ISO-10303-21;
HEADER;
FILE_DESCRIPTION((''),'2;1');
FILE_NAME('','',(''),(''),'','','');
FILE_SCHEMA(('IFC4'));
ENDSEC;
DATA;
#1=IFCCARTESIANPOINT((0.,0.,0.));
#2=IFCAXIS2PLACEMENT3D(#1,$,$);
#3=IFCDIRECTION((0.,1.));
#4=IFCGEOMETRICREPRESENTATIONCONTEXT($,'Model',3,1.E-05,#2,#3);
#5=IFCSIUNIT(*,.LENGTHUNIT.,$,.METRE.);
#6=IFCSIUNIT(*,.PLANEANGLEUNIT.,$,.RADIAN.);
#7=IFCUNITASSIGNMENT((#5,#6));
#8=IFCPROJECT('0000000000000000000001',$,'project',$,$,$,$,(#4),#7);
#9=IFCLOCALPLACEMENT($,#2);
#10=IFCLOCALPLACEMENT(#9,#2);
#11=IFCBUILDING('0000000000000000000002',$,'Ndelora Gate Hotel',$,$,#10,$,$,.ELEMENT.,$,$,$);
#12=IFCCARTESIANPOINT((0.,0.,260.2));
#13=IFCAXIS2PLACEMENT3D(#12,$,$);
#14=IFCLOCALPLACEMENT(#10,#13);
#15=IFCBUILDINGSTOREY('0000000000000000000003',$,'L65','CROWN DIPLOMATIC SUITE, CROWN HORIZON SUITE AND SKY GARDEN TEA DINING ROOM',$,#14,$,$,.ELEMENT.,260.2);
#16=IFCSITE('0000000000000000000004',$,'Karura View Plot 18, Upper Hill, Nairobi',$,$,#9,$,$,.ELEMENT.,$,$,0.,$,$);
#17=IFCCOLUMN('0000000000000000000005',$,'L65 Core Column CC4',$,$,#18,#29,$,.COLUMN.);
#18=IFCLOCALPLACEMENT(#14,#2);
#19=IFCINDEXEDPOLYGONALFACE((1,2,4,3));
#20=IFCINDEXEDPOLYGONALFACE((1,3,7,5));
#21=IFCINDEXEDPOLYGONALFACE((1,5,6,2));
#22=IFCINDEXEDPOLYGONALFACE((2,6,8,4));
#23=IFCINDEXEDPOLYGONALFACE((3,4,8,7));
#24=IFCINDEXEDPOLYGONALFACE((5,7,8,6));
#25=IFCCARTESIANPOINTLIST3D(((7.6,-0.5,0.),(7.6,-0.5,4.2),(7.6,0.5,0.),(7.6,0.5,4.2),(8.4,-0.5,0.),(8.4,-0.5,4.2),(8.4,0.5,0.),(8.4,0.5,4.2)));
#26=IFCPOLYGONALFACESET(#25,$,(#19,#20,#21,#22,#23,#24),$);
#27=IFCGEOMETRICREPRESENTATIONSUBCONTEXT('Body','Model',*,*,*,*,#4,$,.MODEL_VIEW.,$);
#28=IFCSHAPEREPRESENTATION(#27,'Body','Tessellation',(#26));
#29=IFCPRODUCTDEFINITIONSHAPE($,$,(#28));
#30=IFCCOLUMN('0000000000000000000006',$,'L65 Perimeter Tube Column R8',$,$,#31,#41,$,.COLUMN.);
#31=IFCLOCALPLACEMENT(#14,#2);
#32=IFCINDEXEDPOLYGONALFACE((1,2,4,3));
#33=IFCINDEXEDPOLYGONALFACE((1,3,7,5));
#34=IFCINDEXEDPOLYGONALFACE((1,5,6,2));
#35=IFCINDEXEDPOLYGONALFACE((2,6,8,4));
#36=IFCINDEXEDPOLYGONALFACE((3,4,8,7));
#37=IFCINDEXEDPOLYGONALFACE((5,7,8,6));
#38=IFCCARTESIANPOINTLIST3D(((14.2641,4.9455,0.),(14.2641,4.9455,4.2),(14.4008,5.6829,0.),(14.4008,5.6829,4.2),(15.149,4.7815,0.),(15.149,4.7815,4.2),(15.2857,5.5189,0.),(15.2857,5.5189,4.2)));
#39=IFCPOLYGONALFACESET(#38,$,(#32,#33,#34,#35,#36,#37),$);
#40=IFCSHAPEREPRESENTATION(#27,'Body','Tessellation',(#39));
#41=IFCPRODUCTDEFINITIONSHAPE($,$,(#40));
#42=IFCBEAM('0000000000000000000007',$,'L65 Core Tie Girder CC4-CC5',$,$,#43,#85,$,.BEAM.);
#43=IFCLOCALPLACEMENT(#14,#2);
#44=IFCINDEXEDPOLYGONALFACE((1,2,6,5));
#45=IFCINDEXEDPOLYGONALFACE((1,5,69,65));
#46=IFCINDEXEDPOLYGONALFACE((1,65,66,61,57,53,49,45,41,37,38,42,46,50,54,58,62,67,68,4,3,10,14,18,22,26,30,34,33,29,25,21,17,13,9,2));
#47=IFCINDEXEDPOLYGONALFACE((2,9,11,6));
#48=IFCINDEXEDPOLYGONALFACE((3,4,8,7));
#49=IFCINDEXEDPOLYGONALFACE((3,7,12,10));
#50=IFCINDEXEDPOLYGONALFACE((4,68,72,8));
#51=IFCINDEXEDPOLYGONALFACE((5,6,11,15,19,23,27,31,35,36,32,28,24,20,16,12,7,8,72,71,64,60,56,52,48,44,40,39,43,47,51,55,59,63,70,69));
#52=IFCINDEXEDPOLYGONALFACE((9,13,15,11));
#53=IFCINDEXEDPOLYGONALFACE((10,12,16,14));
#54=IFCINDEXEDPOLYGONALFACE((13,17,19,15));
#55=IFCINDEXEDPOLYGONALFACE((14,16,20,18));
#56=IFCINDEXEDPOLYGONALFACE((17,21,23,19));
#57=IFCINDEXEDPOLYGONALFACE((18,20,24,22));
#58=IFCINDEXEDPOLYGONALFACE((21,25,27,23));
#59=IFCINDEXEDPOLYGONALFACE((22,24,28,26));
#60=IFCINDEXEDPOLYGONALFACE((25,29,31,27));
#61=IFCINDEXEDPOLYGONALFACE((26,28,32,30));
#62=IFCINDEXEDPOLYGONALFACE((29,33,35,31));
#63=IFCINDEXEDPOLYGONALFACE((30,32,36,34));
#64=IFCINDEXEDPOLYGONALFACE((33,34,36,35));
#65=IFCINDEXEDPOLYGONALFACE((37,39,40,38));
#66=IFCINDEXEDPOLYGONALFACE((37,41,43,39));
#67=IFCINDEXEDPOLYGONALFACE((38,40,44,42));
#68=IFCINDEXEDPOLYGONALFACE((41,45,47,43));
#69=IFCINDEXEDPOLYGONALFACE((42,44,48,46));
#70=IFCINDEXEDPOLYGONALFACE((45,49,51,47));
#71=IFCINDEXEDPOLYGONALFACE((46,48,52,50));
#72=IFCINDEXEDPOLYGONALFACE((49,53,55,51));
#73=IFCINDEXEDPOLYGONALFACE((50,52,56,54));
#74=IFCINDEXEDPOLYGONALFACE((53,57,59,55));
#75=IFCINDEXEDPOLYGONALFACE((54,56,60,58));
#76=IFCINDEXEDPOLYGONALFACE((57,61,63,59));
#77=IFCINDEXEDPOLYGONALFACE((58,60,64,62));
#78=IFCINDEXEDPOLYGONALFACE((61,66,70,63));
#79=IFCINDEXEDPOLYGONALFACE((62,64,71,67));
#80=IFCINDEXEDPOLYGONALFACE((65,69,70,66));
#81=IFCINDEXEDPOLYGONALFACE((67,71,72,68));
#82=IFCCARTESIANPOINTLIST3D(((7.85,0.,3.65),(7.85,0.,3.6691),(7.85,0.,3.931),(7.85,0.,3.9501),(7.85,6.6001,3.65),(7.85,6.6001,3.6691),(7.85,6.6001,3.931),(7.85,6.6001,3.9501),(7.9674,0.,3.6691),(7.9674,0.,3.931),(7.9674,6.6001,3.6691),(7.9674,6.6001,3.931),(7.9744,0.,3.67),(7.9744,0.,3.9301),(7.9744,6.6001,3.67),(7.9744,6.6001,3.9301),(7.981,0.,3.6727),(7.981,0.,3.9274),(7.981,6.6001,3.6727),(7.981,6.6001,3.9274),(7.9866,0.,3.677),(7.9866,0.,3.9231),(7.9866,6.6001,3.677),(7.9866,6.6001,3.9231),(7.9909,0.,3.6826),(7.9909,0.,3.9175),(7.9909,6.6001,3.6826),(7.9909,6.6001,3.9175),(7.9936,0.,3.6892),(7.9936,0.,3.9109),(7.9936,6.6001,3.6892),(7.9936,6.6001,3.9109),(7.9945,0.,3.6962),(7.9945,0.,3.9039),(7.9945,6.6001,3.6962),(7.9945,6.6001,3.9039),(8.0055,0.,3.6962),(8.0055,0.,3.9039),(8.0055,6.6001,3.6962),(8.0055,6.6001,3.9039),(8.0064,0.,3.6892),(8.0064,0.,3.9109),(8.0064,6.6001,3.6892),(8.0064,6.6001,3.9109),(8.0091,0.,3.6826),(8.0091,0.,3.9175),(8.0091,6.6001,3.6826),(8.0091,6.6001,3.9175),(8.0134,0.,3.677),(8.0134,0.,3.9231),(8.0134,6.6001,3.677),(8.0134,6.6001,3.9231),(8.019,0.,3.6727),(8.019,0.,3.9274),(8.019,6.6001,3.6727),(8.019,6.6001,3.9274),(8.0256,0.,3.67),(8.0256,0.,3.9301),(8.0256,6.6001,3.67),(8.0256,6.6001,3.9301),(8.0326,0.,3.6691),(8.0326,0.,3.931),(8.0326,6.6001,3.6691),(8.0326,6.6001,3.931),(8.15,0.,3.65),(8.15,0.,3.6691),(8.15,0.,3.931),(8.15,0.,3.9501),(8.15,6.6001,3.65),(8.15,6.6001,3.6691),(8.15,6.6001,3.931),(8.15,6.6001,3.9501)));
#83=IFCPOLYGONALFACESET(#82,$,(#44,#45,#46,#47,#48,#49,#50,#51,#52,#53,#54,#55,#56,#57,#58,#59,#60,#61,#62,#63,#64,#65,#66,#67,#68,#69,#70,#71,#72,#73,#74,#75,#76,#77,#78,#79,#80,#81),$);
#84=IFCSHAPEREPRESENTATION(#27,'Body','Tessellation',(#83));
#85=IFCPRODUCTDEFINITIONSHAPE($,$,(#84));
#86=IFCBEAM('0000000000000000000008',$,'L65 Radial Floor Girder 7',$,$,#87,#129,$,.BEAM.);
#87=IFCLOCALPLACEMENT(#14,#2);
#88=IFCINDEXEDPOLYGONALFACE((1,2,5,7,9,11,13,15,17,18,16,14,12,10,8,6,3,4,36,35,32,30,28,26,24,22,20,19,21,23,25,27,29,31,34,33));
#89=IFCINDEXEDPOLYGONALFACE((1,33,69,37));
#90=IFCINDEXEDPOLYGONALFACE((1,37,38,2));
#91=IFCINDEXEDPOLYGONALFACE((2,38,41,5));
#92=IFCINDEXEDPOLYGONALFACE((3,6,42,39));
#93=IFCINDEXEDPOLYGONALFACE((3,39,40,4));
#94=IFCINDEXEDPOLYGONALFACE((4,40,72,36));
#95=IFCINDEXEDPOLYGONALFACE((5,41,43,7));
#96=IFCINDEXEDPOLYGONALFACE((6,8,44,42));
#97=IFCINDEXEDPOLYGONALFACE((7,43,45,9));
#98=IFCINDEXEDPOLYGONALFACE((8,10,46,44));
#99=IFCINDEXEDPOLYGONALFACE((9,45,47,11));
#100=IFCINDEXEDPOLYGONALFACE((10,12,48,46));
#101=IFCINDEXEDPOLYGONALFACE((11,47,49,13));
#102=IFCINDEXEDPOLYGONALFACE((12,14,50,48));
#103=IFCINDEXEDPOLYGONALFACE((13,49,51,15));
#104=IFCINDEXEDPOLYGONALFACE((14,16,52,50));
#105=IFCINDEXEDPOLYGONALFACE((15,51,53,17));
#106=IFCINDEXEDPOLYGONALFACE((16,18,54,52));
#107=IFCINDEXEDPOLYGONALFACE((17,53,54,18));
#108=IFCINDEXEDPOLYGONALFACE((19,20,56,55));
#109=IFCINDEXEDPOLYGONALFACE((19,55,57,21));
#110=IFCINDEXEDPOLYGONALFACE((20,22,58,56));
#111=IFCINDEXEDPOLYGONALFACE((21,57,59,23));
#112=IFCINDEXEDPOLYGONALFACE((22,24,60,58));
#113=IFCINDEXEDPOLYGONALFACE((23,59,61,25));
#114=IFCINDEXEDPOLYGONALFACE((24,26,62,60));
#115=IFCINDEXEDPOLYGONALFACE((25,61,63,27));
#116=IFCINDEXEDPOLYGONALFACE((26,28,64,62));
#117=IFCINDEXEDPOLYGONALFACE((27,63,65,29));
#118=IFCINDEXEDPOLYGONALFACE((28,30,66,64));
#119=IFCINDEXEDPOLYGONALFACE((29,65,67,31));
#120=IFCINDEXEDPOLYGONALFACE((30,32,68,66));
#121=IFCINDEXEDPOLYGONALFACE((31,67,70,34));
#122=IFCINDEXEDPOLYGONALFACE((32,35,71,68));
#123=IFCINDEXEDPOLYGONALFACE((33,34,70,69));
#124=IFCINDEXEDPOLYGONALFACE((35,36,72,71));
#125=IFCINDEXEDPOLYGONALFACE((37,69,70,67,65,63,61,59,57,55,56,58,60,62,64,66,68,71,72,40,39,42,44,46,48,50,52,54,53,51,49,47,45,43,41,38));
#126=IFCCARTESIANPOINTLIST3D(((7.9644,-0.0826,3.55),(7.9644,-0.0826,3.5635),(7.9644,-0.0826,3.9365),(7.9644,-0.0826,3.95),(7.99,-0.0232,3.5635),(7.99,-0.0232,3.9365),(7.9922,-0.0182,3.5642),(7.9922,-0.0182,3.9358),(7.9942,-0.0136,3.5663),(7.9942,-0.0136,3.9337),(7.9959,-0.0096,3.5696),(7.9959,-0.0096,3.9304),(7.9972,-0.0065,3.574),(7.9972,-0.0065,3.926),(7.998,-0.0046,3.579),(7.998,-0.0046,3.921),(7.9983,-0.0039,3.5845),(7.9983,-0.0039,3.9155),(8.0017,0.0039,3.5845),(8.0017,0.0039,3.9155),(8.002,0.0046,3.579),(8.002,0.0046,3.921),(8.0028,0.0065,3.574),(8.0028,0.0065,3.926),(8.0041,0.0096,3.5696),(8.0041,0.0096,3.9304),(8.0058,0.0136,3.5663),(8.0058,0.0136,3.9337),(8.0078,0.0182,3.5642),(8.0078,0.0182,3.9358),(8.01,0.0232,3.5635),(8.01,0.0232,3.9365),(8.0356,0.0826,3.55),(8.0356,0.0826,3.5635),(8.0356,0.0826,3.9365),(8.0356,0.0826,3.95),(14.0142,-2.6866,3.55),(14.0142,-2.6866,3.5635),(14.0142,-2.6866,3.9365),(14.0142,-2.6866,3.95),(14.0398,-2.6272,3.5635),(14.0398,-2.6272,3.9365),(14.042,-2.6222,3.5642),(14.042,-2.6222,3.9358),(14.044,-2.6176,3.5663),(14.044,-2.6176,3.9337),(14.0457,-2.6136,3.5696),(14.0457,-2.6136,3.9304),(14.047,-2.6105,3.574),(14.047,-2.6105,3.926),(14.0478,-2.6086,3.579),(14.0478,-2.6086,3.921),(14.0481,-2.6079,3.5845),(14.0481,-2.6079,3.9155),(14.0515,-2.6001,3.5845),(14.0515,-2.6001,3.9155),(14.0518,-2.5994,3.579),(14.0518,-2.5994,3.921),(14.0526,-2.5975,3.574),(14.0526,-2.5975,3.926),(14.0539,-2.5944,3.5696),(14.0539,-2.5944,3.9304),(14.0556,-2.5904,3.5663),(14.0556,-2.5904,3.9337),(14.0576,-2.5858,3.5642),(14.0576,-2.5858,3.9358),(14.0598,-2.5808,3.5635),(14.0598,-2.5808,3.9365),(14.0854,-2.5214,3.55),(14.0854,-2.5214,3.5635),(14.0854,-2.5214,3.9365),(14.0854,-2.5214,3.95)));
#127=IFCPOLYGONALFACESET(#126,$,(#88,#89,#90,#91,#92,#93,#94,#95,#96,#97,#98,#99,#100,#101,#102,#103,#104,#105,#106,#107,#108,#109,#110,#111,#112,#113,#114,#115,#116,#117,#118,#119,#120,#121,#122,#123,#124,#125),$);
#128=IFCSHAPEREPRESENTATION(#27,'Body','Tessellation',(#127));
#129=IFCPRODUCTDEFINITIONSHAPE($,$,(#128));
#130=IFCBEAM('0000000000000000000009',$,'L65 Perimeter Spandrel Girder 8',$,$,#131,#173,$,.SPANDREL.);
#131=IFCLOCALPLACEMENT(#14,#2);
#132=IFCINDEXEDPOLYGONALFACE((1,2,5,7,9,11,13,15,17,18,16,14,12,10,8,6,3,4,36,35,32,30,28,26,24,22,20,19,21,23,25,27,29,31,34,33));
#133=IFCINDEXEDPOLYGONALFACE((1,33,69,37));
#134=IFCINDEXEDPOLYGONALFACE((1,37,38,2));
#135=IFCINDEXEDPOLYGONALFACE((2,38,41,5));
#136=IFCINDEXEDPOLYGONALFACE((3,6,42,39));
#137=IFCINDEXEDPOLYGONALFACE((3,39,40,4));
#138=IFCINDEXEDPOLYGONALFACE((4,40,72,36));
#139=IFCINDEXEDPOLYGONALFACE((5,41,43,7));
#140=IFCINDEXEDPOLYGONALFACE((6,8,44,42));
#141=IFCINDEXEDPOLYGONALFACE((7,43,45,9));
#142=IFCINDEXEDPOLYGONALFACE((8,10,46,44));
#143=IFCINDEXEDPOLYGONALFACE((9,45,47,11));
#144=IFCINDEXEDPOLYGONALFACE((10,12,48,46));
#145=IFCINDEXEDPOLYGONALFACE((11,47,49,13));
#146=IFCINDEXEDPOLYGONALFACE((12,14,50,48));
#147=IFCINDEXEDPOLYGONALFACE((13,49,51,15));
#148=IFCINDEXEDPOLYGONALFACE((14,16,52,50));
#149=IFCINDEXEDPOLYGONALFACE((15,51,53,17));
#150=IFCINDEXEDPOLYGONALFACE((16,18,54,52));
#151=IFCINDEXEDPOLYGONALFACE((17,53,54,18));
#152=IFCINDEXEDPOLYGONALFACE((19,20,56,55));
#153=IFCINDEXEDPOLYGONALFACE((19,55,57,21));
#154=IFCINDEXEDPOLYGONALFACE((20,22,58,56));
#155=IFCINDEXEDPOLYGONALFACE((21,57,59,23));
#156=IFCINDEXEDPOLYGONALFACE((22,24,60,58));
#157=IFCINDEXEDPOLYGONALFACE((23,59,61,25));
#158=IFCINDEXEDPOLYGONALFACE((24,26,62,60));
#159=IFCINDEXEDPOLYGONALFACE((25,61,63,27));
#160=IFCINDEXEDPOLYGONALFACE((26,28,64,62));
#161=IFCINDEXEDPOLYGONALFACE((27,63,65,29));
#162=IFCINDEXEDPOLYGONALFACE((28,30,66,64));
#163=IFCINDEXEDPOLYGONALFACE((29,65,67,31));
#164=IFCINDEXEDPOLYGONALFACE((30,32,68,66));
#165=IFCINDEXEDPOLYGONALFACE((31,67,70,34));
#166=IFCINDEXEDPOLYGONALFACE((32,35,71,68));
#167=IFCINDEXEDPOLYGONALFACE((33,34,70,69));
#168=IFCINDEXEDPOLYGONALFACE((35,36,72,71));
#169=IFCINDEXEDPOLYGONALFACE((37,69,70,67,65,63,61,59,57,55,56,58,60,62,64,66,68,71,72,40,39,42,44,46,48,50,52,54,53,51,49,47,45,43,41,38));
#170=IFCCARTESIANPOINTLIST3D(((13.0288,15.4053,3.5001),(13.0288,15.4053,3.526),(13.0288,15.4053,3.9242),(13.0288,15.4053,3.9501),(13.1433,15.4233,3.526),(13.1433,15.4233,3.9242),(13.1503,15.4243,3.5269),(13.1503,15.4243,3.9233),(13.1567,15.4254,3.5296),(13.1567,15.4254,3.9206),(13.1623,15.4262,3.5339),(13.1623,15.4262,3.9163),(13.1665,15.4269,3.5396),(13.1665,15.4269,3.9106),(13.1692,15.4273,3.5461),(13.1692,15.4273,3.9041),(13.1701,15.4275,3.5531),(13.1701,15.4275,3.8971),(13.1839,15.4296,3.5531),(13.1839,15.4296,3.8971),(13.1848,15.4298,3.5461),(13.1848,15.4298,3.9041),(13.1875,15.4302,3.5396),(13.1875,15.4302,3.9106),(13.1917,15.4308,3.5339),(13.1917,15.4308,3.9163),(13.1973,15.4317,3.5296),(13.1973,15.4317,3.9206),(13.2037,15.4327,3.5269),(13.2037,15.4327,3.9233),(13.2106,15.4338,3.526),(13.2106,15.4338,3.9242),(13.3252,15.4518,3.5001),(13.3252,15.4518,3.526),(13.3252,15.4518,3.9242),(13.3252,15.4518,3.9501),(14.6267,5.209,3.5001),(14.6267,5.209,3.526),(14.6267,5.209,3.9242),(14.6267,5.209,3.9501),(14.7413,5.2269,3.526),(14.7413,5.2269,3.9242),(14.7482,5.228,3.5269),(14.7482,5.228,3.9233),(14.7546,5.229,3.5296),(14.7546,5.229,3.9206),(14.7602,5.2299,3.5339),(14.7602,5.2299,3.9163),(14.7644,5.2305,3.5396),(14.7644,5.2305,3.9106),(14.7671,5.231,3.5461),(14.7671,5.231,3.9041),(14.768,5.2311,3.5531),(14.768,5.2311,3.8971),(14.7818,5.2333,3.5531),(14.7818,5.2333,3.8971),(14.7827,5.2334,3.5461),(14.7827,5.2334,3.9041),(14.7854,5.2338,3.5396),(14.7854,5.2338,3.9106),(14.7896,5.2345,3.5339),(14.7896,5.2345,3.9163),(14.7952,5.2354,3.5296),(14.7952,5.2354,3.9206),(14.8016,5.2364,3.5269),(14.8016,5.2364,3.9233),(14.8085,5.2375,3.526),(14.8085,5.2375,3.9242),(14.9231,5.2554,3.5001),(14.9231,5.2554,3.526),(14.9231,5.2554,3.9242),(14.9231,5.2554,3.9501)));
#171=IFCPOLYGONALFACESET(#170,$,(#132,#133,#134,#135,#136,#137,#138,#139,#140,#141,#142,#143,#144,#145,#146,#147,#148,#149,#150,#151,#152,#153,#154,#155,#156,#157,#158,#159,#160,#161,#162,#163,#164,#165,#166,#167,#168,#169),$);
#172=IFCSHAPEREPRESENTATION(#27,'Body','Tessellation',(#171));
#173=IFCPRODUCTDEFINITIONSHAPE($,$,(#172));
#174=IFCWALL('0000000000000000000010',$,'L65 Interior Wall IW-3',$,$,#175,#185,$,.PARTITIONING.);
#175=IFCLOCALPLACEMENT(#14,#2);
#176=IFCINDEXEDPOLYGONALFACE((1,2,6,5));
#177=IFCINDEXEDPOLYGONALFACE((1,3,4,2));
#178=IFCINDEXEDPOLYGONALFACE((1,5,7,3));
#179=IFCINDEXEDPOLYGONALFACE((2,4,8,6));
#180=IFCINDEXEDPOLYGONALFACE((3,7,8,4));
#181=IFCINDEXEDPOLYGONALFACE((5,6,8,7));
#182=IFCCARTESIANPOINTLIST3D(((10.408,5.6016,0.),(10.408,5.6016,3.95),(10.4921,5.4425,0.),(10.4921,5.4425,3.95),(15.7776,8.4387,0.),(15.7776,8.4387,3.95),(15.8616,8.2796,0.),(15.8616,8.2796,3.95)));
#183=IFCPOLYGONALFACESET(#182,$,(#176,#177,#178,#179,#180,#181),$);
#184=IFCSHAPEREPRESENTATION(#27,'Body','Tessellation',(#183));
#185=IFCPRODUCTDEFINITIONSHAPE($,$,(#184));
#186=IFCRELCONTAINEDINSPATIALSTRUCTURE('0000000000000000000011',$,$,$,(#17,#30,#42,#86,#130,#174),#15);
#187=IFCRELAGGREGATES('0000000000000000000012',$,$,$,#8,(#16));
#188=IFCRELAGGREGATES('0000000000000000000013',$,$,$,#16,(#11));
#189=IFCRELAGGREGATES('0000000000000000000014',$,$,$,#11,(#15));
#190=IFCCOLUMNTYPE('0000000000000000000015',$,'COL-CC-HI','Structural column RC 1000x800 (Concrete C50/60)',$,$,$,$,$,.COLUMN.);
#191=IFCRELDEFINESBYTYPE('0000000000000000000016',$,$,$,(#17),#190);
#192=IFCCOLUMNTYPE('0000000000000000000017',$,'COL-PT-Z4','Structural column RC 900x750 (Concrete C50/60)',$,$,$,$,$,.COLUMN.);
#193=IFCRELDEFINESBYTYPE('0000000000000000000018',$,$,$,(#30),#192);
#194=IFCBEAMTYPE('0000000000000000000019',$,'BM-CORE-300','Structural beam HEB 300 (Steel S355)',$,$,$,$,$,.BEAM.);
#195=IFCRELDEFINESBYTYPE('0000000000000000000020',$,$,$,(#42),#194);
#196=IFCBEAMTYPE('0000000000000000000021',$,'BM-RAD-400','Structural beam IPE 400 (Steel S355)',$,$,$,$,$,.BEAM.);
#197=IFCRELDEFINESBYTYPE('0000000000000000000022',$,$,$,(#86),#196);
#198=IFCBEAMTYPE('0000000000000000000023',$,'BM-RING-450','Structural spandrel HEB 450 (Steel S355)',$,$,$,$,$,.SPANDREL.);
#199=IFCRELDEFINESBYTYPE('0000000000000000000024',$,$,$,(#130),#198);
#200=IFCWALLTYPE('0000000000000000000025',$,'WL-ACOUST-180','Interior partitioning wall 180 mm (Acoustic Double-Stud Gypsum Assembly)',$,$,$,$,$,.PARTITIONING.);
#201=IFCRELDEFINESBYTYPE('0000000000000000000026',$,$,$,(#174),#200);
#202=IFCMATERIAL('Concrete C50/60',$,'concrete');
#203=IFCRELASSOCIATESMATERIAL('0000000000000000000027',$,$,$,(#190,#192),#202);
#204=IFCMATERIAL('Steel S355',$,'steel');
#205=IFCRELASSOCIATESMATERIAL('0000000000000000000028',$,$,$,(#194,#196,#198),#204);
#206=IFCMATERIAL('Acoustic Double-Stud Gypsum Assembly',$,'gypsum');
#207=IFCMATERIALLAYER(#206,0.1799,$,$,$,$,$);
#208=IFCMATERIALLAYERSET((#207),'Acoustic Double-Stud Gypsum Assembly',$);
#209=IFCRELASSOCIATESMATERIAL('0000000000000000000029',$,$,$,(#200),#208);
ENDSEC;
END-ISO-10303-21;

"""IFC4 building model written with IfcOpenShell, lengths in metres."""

from ifc_helpers import new_model, si_unit, direction, frame, frame_2d, origin, origin_2d, place, context, subcontext, project, spatial, rectangle, i_section, extrude, material, layer, layer_set, material_profile, profile_set, type_object, element, save


model = new_model("IFC4")

# Units and contexts
model_context = context("Model", 3, precision=1e-05, world=origin(), true_north=direction((0.0, 1.0)))
body_context = subcontext(model_context, "Body", "Model", "MODEL_VIEW")
ifc_project = project(units=[si_unit("LENGTHUNIT", "METRE"), si_unit("PLANEANGLEUNIT", "RADIAN")], contexts=[model_context])

# Site, building, storey
site_placement = place(None, origin())
site = spatial("IfcSite", under=ifc_project, at=site_placement, Name="Karura View Plot 18, Upper Hill, Nairobi", CompositionType="ELEMENT", RefElevation=0.0)
building_placement = place(site_placement, origin())
building = spatial("IfcBuilding", under=site, at=building_placement, Name="Ndelora Gate Hotel", CompositionType="ELEMENT")
storey_placement = place(building_placement, frame((0.0, 0.0, 260.2)))
storey = spatial("IfcBuildingStorey", under=building, at=storey_placement, Name="L65", Description="CROWN DIPLOMATIC SUITE, CROWN HORIZON SUITE AND SKY GARDEN TEA DINING ROOM", CompositionType="ELEMENT", Elevation=260.2)

# Columns
ifc_material_1 = material(Name="Concrete C50/60", Category="concrete")
ifc_material_profile_1 = material_profile(ifc_material_1, rectangle(XDim=0.8, YDim=1.0, at=origin_2d()), Name="RC 1000x800")
ifc_profile_set_1 = profile_set([ifc_material_profile_1], Name="Concrete C50/60")
column_type_1 = type_object("IfcColumnType", Name="COL-CC-HI", Description="Structural column RC 1000x800 (Concrete C50/60)", PredefinedType="COLUMN", material=ifc_profile_set_1)
column_1_placement = place(storey_placement, frame((8.0, 0.0, 0.0), z_axis=(0.0, 0.0, 1.0), x_axis=(1.0, 0.0, 0.0)))
element("IfcColumn", 1, at=column_1_placement, inside=storey, type_object=column_type_1, Name="L65 Core Column CC4", PredefinedType="COLUMN", context=body_context, shape_type="SweptSolid", body=[
    extrude(rectangle(XDim=0.8, YDim=1.0, at=origin_2d()), origin(), (0.0, 0.0, 1.0), 4.2),
])
ifc_material_profile_2 = material_profile(ifc_material_1, rectangle(XDim=0.75, YDim=0.8999, at=origin_2d()), Name="RC 900x750")
ifc_profile_set_2 = profile_set([ifc_material_profile_2], Name="Concrete C50/60")
column_type_2 = type_object("IfcColumnType", Name="COL-PT-Z4", Description="Structural column RC 900x750 (Concrete C50/60)", PredefinedType="COLUMN", material=ifc_profile_set_2)
column_2_placement = place(storey_placement, frame((14.7749, 5.2322, 0.0), z_axis=(0.0, 0.0, 1.0), x_axis=(0.182236, 0.983255, 0.0)))
element("IfcColumn", 2, at=column_2_placement, inside=storey, type_object=column_type_2, Name="L65 Perimeter Tube Column R8", PredefinedType="COLUMN", context=body_context, shape_type="SweptSolid", body=[
    extrude(rectangle(XDim=0.75, YDim=0.8999, at=origin_2d()), origin(), (0.0, 0.0, 1.0), 4.2),
])

# Beams
ifc_material_2 = material(Name="Steel S355", Category="steel")
ifc_material_profile_3 = material_profile(ifc_material_2, i_section(OverallWidth=0.3, OverallDepth=0.3, WebThickness=0.011, FlangeThickness=0.019, FilletRadius=0.0271, at=origin_2d()), Name="HEB 300")
ifc_profile_set_3 = profile_set([ifc_material_profile_3], Name="Steel S355")
beam_type_1 = type_object("IfcBeamType", Name="BM-CORE-300", Description="Structural beam HEB 300 (Steel S355)", PredefinedType="BEAM", material=ifc_profile_set_3)
beam_1_placement = place(storey_placement, frame((8.0, 0.0, 3.8), z_axis=(0.0, 1.0, 0.0), x_axis=(-1.0, 0.0, 0.0)))
element("IfcBeam", 3, at=beam_1_placement, inside=storey, type_object=beam_type_1, Name="L65 Core Tie Girder CC4-CC5", PredefinedType="BEAM", context=body_context, shape_type="SweptSolid", body=[
    extrude(i_section(OverallWidth=0.3, OverallDepth=0.3, WebThickness=0.011, FlangeThickness=0.019, FilletRadius=0.0271, at=origin_2d()), origin(), (0.0, 0.0, 1.0), 6.6001),
])
ifc_material_profile_4 = material_profile(ifc_material_2, i_section(OverallWidth=0.1799, OverallDepth=0.3999, WebThickness=0.0085, FlangeThickness=0.0134, FilletRadius=0.021, at=origin_2d()), Name="IPE 400")
ifc_profile_set_4 = profile_set([ifc_material_profile_4], Name="Steel S355")
beam_type_2 = type_object("IfcBeamType", Name="BM-RAD-400", Description="Structural beam IPE 400 (Steel S355)", PredefinedType="BEAM", material=ifc_profile_set_4)
beam_2_placement = place(storey_placement, frame((8.0, 0.0, 3.75), z_axis=(0.918527, -0.395359, 0.0), x_axis=(0.395359, 0.918527, 0.0)))
element("IfcBeam", 4, at=beam_2_placement, inside=storey, type_object=beam_type_2, Name="L65 Radial Floor Girder 7", PredefinedType="BEAM", context=body_context, shape_type="SweptSolid", body=[
    extrude(i_section(OverallWidth=0.1799, OverallDepth=0.3999, WebThickness=0.0085, FlangeThickness=0.0134, FilletRadius=0.021, at=origin_2d()), origin(), (0.0, 0.0, 1.0), 6.5864),
])
ifc_material_profile_5 = material_profile(ifc_material_2, i_section(OverallWidth=0.3, OverallDepth=0.45, WebThickness=0.0139, FlangeThickness=0.0259, FilletRadius=0.0271, at=origin_2d()), Name="HEB 450")
ifc_profile_set_5 = profile_set([ifc_material_profile_5], Name="Steel S355")
beam_type_3 = type_object("IfcBeamType", Name="BM-RING-450", Description="Structural spandrel HEB 450 (Steel S355)", PredefinedType="SPANDREL", material=ifc_profile_set_5)
beam_3_placement = place(storey_placement, frame((14.7749, 5.2322, 3.7251), z_axis=(-0.154824, 0.987942, 0.0), x_axis=(-0.987942, -0.154824, 0.0)))
element("IfcBeam", 5, at=beam_3_placement, inside=storey, type_object=beam_type_3, Name="L65 Perimeter Spandrel Girder 8", PredefinedType="SPANDREL", context=body_context, shape_type="SweptSolid", body=[
    extrude(i_section(OverallWidth=0.3, OverallDepth=0.45, WebThickness=0.0139, FlangeThickness=0.0259, FilletRadius=0.0271, at=origin_2d()), origin(), (0.0, 0.0, 1.0), 10.3208),
])

# Wall
ifc_material_3 = material(Name="Acoustic Double-Stud Gypsum Assembly", Category="gypsum")
ifc_layer_1 = layer(ifc_material_3, 0.1799)
ifc_layer_set_1 = layer_set([ifc_layer_1], Name="Acoustic Double-Stud Gypsum Assembly")
wall_type_1 = type_object("IfcWallType", Name="WL-ACOUST-180", Description="Interior partitioning wall 180 mm (Acoustic Double-Stud Gypsum Assembly)", PredefinedType="PARTITIONING", material=ifc_layer_set_1)
wall_1_placement = place(storey_placement, frame((10.45, 5.522, 0.0), z_axis=(0.0, 0.0, 1.0), x_axis=(0.884168, 0.467169, 0.0)))
element("IfcWall", 6, at=wall_1_placement, inside=storey, type_object=wall_type_1, Name="L65 Interior Wall IW-3", PredefinedType="PARTITIONING", context=body_context, shape_type="SweptSolid", body=[
    extrude(rectangle(XDim=6.073, YDim=0.1799, at=frame_2d((3.0366, 0.0))), origin(), (0.0, 0.0, 1.0), 3.95),
])

save(model, "model.ifc")
